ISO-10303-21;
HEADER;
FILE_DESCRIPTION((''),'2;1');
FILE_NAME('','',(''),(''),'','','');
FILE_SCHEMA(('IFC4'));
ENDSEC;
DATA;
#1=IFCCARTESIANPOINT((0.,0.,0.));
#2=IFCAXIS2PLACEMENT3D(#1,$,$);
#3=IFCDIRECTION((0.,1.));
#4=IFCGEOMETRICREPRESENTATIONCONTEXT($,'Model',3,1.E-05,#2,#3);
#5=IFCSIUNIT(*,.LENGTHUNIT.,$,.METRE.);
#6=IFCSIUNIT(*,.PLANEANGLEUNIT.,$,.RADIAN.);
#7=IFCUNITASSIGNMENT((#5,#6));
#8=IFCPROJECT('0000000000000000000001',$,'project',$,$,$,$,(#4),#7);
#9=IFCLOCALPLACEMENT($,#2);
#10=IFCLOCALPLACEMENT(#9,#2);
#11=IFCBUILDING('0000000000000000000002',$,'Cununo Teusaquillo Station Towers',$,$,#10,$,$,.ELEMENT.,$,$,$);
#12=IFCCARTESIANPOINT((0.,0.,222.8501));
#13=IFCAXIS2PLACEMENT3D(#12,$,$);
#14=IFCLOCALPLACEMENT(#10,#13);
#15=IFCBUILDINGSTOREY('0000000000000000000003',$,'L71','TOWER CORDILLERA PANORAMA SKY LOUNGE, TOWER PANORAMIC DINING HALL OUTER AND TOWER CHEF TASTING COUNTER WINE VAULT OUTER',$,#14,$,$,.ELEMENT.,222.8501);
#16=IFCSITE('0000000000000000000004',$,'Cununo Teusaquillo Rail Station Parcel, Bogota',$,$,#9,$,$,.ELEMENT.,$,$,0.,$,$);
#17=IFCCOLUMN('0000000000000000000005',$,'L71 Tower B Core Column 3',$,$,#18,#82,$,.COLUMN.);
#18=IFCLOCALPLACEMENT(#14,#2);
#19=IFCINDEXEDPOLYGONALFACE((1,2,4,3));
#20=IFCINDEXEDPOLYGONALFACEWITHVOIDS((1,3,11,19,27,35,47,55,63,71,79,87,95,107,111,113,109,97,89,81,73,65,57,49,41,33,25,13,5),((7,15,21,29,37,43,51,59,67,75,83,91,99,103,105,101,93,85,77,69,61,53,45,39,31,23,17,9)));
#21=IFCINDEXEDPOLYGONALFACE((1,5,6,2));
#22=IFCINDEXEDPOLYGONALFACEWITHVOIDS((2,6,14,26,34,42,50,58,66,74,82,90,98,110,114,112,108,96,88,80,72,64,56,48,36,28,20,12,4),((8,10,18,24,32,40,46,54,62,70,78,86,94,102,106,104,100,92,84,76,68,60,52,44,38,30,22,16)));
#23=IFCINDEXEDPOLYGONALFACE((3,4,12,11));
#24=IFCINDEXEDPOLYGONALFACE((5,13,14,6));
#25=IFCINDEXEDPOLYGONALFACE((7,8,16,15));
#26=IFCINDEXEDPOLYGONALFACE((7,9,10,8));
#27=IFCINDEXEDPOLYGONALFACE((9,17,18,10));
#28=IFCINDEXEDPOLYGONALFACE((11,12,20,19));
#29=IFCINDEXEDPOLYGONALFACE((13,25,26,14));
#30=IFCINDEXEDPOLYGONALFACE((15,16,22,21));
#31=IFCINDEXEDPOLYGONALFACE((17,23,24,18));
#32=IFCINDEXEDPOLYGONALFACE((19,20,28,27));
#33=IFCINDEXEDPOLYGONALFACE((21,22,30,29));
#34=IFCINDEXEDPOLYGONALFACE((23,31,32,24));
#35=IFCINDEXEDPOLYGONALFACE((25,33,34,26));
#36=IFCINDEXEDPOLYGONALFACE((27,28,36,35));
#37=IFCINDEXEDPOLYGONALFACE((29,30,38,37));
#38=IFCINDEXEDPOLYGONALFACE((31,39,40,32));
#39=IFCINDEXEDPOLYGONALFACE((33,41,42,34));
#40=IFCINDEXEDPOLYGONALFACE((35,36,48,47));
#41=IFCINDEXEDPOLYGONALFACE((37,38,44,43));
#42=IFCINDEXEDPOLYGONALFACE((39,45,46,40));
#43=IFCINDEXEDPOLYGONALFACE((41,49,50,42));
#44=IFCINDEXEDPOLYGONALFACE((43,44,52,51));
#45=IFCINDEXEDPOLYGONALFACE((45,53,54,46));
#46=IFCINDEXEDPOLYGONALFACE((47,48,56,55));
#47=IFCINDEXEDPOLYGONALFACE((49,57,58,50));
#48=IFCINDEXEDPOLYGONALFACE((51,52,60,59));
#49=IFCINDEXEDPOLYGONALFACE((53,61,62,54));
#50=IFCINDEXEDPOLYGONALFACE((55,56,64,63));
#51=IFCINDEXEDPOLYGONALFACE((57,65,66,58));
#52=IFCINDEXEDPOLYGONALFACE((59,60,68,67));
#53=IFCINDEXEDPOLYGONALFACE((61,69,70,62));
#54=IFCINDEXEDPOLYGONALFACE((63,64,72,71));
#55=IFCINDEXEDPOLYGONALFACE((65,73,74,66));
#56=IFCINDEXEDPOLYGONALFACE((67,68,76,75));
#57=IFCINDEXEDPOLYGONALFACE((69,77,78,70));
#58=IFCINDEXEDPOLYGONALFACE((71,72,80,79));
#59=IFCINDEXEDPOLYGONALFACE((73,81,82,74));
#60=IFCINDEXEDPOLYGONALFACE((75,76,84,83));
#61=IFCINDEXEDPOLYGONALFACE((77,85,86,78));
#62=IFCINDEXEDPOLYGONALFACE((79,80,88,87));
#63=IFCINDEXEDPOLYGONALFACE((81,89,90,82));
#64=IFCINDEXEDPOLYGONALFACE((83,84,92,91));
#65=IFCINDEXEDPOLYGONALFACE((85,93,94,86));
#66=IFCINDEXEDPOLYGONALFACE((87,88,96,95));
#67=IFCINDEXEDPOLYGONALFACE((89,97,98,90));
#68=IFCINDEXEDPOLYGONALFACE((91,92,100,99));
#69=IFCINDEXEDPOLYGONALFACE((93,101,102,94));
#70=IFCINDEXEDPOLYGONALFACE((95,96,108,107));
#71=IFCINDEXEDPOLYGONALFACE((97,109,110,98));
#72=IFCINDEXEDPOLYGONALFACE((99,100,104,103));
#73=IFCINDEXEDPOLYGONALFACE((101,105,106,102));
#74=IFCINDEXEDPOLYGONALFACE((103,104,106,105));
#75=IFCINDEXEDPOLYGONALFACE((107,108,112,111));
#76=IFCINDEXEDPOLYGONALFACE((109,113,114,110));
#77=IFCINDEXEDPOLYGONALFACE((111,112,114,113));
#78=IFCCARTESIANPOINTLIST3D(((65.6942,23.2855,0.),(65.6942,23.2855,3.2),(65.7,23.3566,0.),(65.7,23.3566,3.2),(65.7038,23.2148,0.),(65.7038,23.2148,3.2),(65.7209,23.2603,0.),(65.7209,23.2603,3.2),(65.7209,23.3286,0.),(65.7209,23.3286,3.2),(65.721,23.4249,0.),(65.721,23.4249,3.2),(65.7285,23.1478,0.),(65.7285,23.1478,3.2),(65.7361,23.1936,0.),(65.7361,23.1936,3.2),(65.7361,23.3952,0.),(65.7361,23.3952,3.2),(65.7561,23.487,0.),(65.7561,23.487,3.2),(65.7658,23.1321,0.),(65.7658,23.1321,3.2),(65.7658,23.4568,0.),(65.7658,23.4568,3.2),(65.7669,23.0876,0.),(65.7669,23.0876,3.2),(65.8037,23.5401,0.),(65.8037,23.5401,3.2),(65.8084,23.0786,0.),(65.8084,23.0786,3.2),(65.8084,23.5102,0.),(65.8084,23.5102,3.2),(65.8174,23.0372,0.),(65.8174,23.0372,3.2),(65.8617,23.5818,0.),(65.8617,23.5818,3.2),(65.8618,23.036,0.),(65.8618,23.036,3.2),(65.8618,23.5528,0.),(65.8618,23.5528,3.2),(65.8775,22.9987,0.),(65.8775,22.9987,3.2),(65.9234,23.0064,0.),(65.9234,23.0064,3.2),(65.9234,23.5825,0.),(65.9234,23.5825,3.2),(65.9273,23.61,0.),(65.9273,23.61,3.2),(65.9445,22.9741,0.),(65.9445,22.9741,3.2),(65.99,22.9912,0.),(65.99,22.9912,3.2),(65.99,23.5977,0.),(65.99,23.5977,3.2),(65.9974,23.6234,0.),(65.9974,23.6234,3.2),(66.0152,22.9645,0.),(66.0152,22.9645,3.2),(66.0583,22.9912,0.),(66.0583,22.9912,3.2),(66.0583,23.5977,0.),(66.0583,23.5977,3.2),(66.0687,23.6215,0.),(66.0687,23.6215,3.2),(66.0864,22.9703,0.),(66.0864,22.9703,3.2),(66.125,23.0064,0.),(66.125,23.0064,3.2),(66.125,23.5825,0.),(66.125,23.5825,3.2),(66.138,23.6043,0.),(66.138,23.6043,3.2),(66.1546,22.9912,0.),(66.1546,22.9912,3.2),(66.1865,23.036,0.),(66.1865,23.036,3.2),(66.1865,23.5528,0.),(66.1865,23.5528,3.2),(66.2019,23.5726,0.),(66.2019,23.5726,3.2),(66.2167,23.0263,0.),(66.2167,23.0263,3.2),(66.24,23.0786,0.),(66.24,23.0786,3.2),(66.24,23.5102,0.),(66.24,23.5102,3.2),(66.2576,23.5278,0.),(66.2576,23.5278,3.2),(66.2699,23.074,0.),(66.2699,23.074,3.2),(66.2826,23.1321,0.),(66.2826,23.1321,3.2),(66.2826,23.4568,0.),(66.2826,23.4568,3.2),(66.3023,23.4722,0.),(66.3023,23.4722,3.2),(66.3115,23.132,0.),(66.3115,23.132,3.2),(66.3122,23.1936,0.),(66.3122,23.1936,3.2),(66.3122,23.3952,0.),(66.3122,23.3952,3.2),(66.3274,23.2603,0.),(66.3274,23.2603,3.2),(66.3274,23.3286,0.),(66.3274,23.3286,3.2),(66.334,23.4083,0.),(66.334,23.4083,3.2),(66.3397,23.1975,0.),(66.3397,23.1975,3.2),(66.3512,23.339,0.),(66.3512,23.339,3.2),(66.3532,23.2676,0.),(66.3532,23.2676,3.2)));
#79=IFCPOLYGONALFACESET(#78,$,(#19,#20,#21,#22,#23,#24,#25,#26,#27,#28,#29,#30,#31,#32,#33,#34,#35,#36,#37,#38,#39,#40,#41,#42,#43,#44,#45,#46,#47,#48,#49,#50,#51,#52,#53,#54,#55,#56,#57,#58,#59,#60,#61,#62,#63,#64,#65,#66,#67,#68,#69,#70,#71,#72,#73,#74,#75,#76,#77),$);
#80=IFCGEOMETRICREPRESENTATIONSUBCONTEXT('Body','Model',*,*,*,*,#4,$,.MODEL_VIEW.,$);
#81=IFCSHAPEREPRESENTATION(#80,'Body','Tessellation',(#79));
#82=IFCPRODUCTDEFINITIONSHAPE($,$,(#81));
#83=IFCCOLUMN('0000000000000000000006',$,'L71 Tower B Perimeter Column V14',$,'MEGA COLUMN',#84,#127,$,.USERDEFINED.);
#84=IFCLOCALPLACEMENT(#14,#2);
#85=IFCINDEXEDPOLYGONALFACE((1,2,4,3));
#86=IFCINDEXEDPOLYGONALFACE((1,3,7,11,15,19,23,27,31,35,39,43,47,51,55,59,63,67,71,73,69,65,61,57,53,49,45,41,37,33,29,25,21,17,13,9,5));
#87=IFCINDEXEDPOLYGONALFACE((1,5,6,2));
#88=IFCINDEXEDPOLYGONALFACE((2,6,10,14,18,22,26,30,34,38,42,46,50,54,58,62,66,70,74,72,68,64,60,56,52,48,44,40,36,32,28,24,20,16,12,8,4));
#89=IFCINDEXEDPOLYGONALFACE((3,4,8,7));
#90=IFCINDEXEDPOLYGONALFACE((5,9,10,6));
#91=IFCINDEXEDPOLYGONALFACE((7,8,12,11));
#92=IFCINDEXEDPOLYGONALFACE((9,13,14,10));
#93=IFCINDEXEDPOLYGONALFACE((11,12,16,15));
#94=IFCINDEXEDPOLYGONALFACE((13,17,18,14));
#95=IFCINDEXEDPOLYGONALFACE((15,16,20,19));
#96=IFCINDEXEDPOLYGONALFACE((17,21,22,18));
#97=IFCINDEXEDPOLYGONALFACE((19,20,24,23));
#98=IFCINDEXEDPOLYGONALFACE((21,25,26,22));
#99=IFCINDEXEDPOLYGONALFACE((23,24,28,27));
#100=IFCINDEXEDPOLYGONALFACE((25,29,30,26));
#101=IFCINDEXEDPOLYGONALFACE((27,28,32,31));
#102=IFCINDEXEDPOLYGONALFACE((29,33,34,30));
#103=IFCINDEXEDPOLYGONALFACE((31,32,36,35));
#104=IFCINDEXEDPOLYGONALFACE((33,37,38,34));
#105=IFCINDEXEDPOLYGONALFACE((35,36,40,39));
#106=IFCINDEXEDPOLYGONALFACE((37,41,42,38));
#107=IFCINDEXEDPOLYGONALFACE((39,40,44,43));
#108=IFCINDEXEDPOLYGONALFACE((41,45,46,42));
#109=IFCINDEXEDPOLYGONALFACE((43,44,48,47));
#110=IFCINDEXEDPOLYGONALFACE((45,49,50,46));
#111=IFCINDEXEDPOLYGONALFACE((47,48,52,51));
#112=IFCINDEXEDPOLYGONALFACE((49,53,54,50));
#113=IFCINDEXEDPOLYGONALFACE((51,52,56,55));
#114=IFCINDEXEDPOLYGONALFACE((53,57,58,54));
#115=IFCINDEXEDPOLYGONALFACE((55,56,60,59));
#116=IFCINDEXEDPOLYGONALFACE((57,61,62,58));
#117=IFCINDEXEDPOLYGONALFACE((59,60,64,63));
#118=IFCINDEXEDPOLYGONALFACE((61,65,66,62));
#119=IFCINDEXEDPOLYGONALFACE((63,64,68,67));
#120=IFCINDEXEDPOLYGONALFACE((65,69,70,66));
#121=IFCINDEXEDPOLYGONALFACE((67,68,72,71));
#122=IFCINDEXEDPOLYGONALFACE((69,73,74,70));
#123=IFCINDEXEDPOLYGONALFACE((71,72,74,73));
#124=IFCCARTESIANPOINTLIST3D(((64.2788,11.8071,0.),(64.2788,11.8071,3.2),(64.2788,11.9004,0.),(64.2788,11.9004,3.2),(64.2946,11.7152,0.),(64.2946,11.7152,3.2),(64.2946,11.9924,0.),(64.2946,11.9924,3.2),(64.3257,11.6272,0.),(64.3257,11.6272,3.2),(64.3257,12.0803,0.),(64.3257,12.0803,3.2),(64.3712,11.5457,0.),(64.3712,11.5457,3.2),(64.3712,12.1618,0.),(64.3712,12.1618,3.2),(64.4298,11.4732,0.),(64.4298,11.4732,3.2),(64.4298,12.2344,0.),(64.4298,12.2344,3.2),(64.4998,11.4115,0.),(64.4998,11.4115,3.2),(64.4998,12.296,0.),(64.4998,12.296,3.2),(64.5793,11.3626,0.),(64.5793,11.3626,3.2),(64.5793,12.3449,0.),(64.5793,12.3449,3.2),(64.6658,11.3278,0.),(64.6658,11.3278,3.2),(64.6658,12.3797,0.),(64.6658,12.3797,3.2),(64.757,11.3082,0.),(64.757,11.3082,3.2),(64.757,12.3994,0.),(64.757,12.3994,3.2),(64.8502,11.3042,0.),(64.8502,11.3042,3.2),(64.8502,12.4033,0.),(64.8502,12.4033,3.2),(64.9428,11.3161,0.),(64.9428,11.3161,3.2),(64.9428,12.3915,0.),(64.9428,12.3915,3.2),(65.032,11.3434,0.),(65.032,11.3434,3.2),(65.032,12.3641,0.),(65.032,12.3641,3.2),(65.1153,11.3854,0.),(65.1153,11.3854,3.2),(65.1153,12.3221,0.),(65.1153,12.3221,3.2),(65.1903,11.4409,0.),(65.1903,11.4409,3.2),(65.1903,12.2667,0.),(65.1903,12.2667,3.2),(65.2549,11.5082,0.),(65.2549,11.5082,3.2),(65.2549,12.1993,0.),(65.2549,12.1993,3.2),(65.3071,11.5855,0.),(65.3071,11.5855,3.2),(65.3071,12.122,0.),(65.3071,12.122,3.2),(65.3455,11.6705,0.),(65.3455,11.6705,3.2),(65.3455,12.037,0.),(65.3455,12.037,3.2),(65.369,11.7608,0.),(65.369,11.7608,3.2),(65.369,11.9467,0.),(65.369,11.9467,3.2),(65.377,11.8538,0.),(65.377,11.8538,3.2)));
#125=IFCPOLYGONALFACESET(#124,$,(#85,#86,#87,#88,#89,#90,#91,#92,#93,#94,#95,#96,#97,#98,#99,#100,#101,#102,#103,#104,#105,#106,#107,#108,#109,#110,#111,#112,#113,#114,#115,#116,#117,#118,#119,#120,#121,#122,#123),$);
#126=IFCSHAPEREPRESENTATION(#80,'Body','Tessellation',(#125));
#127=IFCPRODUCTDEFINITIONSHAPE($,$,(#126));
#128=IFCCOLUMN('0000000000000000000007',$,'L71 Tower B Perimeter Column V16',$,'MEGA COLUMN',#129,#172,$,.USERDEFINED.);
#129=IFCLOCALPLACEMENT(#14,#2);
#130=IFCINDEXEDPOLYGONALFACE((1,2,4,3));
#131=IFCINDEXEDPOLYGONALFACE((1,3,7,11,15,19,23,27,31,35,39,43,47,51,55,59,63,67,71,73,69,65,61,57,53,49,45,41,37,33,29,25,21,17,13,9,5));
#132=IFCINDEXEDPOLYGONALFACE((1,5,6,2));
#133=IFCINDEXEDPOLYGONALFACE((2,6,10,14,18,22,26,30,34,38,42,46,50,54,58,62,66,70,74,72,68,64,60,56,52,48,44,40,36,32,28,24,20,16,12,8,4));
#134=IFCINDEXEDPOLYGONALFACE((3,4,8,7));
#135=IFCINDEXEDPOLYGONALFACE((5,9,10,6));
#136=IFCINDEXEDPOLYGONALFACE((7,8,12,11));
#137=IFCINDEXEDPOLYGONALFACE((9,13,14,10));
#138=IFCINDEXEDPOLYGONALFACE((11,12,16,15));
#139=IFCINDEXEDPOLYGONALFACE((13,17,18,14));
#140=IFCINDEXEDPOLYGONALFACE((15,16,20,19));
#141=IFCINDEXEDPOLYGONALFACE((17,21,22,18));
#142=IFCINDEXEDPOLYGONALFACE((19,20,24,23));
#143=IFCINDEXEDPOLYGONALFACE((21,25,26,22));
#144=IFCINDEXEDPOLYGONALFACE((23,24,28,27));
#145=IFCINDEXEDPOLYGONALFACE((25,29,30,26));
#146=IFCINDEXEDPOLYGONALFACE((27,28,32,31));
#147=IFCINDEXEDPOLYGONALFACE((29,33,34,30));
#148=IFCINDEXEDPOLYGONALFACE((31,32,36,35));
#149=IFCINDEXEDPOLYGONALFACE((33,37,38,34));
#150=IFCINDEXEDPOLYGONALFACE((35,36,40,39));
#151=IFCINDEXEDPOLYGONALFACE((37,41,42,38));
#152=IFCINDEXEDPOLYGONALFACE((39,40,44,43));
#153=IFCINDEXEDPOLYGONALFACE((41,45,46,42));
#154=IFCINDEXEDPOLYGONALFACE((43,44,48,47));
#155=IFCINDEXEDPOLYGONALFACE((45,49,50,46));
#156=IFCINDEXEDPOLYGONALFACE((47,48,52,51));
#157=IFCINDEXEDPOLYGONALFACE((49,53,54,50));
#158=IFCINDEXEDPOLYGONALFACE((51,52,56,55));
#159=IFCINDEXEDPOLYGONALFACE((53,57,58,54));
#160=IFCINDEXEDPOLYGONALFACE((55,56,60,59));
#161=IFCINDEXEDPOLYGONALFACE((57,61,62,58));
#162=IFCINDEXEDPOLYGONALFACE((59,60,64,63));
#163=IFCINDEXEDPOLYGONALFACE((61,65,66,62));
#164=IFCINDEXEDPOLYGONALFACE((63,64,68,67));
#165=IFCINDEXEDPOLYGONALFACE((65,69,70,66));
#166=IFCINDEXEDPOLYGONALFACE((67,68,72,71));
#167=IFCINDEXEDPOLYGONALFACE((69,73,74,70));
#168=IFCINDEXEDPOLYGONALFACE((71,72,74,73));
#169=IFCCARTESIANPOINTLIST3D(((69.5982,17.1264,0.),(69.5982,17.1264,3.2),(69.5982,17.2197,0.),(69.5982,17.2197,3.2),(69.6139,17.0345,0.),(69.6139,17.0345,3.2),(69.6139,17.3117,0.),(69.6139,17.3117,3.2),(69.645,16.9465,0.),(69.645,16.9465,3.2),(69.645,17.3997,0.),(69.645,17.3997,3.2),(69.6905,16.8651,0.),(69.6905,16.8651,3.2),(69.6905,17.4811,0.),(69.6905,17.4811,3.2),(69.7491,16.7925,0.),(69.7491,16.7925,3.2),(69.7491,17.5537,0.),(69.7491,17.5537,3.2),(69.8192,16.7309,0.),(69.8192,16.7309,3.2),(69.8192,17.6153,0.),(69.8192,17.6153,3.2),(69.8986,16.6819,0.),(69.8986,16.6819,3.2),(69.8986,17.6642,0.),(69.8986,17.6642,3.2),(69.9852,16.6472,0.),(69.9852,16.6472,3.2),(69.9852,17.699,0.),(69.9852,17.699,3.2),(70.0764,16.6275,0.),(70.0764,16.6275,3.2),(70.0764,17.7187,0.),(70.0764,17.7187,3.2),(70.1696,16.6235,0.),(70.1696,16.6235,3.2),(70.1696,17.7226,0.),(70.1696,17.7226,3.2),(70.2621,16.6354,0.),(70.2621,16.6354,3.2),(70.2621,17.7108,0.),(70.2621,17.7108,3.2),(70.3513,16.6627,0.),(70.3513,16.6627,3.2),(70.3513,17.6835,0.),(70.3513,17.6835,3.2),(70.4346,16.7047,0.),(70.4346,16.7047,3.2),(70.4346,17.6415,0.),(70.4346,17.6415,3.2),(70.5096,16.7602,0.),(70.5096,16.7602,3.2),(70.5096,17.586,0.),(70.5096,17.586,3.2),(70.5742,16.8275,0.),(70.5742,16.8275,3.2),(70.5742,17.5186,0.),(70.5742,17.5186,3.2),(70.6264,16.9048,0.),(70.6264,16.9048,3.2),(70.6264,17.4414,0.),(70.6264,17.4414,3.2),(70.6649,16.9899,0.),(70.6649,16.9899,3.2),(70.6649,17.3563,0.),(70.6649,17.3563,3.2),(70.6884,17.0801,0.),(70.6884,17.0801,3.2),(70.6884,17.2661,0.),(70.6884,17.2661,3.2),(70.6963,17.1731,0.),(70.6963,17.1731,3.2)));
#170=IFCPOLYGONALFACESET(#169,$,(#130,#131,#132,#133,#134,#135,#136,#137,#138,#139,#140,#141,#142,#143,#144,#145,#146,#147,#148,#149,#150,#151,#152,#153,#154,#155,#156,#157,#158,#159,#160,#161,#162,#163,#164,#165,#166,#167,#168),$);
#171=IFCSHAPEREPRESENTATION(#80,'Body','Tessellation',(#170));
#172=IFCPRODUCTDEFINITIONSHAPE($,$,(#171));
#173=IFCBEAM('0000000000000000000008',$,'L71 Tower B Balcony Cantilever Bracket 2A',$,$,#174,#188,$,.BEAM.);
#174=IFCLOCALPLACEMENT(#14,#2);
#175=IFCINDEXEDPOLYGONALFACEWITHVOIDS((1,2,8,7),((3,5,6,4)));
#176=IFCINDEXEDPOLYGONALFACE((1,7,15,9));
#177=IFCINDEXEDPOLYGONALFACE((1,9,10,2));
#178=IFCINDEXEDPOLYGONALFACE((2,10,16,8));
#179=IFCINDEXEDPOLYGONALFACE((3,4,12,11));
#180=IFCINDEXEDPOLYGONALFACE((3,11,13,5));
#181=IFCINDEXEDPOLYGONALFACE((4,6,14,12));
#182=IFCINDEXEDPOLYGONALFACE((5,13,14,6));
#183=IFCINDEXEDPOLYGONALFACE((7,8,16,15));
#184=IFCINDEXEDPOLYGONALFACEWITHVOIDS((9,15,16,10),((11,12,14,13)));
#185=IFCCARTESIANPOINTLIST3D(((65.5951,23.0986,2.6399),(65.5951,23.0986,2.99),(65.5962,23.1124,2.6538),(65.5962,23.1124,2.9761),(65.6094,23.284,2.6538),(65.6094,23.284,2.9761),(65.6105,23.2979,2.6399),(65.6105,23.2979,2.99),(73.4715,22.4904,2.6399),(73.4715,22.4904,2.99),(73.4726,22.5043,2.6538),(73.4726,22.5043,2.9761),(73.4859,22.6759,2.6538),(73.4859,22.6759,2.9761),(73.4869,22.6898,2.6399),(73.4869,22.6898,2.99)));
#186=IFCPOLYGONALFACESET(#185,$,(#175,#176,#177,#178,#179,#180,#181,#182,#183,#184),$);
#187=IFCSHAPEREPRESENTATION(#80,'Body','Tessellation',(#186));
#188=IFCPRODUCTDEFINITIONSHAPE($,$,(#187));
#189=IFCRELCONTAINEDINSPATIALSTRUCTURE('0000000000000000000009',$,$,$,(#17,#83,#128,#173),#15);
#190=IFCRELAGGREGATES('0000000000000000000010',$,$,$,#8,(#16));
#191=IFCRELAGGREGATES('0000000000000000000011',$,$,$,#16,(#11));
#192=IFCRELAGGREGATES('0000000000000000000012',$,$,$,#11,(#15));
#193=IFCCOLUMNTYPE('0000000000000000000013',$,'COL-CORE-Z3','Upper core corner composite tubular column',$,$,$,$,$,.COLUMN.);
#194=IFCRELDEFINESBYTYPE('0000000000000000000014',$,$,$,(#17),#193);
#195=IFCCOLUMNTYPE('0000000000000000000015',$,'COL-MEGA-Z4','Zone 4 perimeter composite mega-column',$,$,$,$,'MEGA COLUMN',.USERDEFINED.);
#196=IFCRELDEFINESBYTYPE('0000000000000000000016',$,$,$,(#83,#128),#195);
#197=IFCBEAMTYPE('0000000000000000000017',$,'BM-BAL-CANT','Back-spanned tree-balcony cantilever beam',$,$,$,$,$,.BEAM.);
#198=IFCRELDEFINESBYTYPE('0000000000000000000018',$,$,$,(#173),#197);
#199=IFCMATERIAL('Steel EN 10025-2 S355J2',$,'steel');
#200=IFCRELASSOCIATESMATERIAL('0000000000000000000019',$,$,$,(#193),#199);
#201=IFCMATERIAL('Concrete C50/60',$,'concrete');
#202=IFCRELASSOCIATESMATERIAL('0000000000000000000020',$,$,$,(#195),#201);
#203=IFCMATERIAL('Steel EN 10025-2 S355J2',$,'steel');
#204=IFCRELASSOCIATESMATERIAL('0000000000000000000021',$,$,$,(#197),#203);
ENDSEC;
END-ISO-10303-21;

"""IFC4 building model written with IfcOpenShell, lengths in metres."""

from ifc_helpers import new_model, si_unit, direction, frame, origin, origin_2d, place, context, subcontext, project, spatial, hollow_rectangle, circle, hollow_circle, extrude, material, material_profile, profile_set, type_object, element, save


model = new_model("IFC4")

# Units and contexts
model_context = context("Model", 3, precision=1e-05, world=origin(), true_north=direction((0.0, 1.0)))
body_context = subcontext(model_context, "Body", "Model", "MODEL_VIEW")
ifc_project = project(units=[si_unit("LENGTHUNIT", "METRE"), si_unit("PLANEANGLEUNIT", "RADIAN")], contexts=[model_context])

# Site, building, storey
site_placement = place(None, origin())
site = spatial("IfcSite", under=ifc_project, at=site_placement, Name="Cununo Teusaquillo Rail Station Parcel, Bogota", CompositionType="ELEMENT", RefElevation=0.0)
building_placement = place(site_placement, origin())
building = spatial("IfcBuilding", under=site, at=building_placement, Name="Cununo Teusaquillo Station Towers", CompositionType="ELEMENT")
storey_placement = place(building_placement, frame((0.0, 0.0, 222.8501)))
storey = spatial("IfcBuildingStorey", under=building, at=storey_placement, Name="L71", Description="TOWER CORDILLERA PANORAMA SKY LOUNGE, TOWER PANORAMIC DINING HALL OUTER AND TOWER CHEF TASTING COUNTER WINE VAULT OUTER", CompositionType="ELEMENT", Elevation=222.8501)

# Columns
ifc_material_1 = material(Name="Steel EN 10025-2 S355J2", Category="steel")
ifc_material_profile_1 = material_profile(ifc_material_1, hollow_circle(Radius=0.3301, WallThickness=0.0249, at=origin_2d()), Name="CHS 660x25")
ifc_profile_set_1 = profile_set([ifc_material_profile_1], Name="Steel EN 10025-2 S355J2")
column_type_1 = type_object("IfcColumnType", Name="COL-CORE-Z3", Description="Upper core corner composite tubular column", PredefinedType="COLUMN", material=ifc_profile_set_1)
column_placement = place(storey_placement, frame((66.0242, 23.2944, 0.0), z_axis=(0.0, 0.0, 1.0), x_axis=(0.707107, 0.707107, 0.0)))
element("IfcColumn", 1, at=column_placement, inside=storey, type_object=column_type_1, Name="L71 Tower B Core Column 3", PredefinedType="COLUMN", context=body_context, shape_type="SweptSolid", body=[
    extrude(hollow_circle(Radius=0.3301, WallThickness=0.0249, at=origin_2d()), origin(), (0.0, 0.0, 1.0), 3.2),
])
ifc_material_2 = material(Name="Concrete C50/60", Category="concrete")
ifc_material_profile_2 = material_profile(ifc_material_2, circle(Radius=0.55, at=origin_2d()), Name="RC-CIRC-1100")
ifc_profile_set_2 = profile_set([ifc_material_profile_2], Name="Concrete C50/60")
column_type_2 = type_object("IfcColumnType", Name="COL-MEGA-Z4", Description="Zone 4 perimeter composite mega-column", ElementType="MEGA COLUMN", PredefinedType="USERDEFINED", material=ifc_profile_set_2)
for number, where, z_axis, x_axis, name in (
    (2, (64.8269, 11.8538, 0.0), (0.0, 0.0, 1.0), (1.0, 0.0, 0.0), "L71 Tower B Perimeter Column V14"),
    (3, (70.1462, 17.1731, 0.0), (0.0, 0.0, 1.0), (1.0, 0.0, 0.0), "L71 Tower B Perimeter Column V16"),
):
    element("IfcColumn", number, at=place(storey_placement, frame(where, z_axis=z_axis, x_axis=x_axis)), inside=storey, type_object=column_type_2, Name=name, ObjectType="MEGA COLUMN", PredefinedType="USERDEFINED", context=body_context, shape_type="SweptSolid", body=[
        extrude(circle(Radius=0.55, at=origin_2d()), origin(), (0.0, 0.0, 1.0), 3.2),
    ])

# Beam
ifc_material_3 = material(Name="Steel EN 10025-2 S355J2", Category="steel")
ifc_material_profile_3 = material_profile(ifc_material_3, hollow_rectangle(XDim=0.2, YDim=0.3501, WallThickness=0.0139, at=origin_2d()), Name="RHS 350x200x14")
ifc_profile_set_3 = profile_set([ifc_material_profile_3], Name="Steel EN 10025-2 S355J2")
beam_type_1 = type_object("IfcBeamType", Name="BM-BAL-CANT", Description="Back-spanned tree-balcony cantilever beam", PredefinedType="BEAM", material=ifc_profile_set_3)
beam_1_placement = place(storey_placement, frame((65.6028, 23.1982, 2.8149), z_axis=(0.997032, -0.076982, 0.0), x_axis=(0.076982, 0.997032, 0.0)))
element("IfcBeam", 4, at=beam_1_placement, inside=storey, type_object=beam_type_1, Name="L71 Tower B Balcony Cantilever Bracket 2A", PredefinedType="BEAM", context=body_context, shape_type="SweptSolid", body=[
    extrude(hollow_rectangle(XDim=0.2, YDim=0.3501, WallThickness=0.0139, at=origin_2d()), origin(), (0.0, 0.0, 1.0), 7.8999),
])

save(model, "model.ifc")
